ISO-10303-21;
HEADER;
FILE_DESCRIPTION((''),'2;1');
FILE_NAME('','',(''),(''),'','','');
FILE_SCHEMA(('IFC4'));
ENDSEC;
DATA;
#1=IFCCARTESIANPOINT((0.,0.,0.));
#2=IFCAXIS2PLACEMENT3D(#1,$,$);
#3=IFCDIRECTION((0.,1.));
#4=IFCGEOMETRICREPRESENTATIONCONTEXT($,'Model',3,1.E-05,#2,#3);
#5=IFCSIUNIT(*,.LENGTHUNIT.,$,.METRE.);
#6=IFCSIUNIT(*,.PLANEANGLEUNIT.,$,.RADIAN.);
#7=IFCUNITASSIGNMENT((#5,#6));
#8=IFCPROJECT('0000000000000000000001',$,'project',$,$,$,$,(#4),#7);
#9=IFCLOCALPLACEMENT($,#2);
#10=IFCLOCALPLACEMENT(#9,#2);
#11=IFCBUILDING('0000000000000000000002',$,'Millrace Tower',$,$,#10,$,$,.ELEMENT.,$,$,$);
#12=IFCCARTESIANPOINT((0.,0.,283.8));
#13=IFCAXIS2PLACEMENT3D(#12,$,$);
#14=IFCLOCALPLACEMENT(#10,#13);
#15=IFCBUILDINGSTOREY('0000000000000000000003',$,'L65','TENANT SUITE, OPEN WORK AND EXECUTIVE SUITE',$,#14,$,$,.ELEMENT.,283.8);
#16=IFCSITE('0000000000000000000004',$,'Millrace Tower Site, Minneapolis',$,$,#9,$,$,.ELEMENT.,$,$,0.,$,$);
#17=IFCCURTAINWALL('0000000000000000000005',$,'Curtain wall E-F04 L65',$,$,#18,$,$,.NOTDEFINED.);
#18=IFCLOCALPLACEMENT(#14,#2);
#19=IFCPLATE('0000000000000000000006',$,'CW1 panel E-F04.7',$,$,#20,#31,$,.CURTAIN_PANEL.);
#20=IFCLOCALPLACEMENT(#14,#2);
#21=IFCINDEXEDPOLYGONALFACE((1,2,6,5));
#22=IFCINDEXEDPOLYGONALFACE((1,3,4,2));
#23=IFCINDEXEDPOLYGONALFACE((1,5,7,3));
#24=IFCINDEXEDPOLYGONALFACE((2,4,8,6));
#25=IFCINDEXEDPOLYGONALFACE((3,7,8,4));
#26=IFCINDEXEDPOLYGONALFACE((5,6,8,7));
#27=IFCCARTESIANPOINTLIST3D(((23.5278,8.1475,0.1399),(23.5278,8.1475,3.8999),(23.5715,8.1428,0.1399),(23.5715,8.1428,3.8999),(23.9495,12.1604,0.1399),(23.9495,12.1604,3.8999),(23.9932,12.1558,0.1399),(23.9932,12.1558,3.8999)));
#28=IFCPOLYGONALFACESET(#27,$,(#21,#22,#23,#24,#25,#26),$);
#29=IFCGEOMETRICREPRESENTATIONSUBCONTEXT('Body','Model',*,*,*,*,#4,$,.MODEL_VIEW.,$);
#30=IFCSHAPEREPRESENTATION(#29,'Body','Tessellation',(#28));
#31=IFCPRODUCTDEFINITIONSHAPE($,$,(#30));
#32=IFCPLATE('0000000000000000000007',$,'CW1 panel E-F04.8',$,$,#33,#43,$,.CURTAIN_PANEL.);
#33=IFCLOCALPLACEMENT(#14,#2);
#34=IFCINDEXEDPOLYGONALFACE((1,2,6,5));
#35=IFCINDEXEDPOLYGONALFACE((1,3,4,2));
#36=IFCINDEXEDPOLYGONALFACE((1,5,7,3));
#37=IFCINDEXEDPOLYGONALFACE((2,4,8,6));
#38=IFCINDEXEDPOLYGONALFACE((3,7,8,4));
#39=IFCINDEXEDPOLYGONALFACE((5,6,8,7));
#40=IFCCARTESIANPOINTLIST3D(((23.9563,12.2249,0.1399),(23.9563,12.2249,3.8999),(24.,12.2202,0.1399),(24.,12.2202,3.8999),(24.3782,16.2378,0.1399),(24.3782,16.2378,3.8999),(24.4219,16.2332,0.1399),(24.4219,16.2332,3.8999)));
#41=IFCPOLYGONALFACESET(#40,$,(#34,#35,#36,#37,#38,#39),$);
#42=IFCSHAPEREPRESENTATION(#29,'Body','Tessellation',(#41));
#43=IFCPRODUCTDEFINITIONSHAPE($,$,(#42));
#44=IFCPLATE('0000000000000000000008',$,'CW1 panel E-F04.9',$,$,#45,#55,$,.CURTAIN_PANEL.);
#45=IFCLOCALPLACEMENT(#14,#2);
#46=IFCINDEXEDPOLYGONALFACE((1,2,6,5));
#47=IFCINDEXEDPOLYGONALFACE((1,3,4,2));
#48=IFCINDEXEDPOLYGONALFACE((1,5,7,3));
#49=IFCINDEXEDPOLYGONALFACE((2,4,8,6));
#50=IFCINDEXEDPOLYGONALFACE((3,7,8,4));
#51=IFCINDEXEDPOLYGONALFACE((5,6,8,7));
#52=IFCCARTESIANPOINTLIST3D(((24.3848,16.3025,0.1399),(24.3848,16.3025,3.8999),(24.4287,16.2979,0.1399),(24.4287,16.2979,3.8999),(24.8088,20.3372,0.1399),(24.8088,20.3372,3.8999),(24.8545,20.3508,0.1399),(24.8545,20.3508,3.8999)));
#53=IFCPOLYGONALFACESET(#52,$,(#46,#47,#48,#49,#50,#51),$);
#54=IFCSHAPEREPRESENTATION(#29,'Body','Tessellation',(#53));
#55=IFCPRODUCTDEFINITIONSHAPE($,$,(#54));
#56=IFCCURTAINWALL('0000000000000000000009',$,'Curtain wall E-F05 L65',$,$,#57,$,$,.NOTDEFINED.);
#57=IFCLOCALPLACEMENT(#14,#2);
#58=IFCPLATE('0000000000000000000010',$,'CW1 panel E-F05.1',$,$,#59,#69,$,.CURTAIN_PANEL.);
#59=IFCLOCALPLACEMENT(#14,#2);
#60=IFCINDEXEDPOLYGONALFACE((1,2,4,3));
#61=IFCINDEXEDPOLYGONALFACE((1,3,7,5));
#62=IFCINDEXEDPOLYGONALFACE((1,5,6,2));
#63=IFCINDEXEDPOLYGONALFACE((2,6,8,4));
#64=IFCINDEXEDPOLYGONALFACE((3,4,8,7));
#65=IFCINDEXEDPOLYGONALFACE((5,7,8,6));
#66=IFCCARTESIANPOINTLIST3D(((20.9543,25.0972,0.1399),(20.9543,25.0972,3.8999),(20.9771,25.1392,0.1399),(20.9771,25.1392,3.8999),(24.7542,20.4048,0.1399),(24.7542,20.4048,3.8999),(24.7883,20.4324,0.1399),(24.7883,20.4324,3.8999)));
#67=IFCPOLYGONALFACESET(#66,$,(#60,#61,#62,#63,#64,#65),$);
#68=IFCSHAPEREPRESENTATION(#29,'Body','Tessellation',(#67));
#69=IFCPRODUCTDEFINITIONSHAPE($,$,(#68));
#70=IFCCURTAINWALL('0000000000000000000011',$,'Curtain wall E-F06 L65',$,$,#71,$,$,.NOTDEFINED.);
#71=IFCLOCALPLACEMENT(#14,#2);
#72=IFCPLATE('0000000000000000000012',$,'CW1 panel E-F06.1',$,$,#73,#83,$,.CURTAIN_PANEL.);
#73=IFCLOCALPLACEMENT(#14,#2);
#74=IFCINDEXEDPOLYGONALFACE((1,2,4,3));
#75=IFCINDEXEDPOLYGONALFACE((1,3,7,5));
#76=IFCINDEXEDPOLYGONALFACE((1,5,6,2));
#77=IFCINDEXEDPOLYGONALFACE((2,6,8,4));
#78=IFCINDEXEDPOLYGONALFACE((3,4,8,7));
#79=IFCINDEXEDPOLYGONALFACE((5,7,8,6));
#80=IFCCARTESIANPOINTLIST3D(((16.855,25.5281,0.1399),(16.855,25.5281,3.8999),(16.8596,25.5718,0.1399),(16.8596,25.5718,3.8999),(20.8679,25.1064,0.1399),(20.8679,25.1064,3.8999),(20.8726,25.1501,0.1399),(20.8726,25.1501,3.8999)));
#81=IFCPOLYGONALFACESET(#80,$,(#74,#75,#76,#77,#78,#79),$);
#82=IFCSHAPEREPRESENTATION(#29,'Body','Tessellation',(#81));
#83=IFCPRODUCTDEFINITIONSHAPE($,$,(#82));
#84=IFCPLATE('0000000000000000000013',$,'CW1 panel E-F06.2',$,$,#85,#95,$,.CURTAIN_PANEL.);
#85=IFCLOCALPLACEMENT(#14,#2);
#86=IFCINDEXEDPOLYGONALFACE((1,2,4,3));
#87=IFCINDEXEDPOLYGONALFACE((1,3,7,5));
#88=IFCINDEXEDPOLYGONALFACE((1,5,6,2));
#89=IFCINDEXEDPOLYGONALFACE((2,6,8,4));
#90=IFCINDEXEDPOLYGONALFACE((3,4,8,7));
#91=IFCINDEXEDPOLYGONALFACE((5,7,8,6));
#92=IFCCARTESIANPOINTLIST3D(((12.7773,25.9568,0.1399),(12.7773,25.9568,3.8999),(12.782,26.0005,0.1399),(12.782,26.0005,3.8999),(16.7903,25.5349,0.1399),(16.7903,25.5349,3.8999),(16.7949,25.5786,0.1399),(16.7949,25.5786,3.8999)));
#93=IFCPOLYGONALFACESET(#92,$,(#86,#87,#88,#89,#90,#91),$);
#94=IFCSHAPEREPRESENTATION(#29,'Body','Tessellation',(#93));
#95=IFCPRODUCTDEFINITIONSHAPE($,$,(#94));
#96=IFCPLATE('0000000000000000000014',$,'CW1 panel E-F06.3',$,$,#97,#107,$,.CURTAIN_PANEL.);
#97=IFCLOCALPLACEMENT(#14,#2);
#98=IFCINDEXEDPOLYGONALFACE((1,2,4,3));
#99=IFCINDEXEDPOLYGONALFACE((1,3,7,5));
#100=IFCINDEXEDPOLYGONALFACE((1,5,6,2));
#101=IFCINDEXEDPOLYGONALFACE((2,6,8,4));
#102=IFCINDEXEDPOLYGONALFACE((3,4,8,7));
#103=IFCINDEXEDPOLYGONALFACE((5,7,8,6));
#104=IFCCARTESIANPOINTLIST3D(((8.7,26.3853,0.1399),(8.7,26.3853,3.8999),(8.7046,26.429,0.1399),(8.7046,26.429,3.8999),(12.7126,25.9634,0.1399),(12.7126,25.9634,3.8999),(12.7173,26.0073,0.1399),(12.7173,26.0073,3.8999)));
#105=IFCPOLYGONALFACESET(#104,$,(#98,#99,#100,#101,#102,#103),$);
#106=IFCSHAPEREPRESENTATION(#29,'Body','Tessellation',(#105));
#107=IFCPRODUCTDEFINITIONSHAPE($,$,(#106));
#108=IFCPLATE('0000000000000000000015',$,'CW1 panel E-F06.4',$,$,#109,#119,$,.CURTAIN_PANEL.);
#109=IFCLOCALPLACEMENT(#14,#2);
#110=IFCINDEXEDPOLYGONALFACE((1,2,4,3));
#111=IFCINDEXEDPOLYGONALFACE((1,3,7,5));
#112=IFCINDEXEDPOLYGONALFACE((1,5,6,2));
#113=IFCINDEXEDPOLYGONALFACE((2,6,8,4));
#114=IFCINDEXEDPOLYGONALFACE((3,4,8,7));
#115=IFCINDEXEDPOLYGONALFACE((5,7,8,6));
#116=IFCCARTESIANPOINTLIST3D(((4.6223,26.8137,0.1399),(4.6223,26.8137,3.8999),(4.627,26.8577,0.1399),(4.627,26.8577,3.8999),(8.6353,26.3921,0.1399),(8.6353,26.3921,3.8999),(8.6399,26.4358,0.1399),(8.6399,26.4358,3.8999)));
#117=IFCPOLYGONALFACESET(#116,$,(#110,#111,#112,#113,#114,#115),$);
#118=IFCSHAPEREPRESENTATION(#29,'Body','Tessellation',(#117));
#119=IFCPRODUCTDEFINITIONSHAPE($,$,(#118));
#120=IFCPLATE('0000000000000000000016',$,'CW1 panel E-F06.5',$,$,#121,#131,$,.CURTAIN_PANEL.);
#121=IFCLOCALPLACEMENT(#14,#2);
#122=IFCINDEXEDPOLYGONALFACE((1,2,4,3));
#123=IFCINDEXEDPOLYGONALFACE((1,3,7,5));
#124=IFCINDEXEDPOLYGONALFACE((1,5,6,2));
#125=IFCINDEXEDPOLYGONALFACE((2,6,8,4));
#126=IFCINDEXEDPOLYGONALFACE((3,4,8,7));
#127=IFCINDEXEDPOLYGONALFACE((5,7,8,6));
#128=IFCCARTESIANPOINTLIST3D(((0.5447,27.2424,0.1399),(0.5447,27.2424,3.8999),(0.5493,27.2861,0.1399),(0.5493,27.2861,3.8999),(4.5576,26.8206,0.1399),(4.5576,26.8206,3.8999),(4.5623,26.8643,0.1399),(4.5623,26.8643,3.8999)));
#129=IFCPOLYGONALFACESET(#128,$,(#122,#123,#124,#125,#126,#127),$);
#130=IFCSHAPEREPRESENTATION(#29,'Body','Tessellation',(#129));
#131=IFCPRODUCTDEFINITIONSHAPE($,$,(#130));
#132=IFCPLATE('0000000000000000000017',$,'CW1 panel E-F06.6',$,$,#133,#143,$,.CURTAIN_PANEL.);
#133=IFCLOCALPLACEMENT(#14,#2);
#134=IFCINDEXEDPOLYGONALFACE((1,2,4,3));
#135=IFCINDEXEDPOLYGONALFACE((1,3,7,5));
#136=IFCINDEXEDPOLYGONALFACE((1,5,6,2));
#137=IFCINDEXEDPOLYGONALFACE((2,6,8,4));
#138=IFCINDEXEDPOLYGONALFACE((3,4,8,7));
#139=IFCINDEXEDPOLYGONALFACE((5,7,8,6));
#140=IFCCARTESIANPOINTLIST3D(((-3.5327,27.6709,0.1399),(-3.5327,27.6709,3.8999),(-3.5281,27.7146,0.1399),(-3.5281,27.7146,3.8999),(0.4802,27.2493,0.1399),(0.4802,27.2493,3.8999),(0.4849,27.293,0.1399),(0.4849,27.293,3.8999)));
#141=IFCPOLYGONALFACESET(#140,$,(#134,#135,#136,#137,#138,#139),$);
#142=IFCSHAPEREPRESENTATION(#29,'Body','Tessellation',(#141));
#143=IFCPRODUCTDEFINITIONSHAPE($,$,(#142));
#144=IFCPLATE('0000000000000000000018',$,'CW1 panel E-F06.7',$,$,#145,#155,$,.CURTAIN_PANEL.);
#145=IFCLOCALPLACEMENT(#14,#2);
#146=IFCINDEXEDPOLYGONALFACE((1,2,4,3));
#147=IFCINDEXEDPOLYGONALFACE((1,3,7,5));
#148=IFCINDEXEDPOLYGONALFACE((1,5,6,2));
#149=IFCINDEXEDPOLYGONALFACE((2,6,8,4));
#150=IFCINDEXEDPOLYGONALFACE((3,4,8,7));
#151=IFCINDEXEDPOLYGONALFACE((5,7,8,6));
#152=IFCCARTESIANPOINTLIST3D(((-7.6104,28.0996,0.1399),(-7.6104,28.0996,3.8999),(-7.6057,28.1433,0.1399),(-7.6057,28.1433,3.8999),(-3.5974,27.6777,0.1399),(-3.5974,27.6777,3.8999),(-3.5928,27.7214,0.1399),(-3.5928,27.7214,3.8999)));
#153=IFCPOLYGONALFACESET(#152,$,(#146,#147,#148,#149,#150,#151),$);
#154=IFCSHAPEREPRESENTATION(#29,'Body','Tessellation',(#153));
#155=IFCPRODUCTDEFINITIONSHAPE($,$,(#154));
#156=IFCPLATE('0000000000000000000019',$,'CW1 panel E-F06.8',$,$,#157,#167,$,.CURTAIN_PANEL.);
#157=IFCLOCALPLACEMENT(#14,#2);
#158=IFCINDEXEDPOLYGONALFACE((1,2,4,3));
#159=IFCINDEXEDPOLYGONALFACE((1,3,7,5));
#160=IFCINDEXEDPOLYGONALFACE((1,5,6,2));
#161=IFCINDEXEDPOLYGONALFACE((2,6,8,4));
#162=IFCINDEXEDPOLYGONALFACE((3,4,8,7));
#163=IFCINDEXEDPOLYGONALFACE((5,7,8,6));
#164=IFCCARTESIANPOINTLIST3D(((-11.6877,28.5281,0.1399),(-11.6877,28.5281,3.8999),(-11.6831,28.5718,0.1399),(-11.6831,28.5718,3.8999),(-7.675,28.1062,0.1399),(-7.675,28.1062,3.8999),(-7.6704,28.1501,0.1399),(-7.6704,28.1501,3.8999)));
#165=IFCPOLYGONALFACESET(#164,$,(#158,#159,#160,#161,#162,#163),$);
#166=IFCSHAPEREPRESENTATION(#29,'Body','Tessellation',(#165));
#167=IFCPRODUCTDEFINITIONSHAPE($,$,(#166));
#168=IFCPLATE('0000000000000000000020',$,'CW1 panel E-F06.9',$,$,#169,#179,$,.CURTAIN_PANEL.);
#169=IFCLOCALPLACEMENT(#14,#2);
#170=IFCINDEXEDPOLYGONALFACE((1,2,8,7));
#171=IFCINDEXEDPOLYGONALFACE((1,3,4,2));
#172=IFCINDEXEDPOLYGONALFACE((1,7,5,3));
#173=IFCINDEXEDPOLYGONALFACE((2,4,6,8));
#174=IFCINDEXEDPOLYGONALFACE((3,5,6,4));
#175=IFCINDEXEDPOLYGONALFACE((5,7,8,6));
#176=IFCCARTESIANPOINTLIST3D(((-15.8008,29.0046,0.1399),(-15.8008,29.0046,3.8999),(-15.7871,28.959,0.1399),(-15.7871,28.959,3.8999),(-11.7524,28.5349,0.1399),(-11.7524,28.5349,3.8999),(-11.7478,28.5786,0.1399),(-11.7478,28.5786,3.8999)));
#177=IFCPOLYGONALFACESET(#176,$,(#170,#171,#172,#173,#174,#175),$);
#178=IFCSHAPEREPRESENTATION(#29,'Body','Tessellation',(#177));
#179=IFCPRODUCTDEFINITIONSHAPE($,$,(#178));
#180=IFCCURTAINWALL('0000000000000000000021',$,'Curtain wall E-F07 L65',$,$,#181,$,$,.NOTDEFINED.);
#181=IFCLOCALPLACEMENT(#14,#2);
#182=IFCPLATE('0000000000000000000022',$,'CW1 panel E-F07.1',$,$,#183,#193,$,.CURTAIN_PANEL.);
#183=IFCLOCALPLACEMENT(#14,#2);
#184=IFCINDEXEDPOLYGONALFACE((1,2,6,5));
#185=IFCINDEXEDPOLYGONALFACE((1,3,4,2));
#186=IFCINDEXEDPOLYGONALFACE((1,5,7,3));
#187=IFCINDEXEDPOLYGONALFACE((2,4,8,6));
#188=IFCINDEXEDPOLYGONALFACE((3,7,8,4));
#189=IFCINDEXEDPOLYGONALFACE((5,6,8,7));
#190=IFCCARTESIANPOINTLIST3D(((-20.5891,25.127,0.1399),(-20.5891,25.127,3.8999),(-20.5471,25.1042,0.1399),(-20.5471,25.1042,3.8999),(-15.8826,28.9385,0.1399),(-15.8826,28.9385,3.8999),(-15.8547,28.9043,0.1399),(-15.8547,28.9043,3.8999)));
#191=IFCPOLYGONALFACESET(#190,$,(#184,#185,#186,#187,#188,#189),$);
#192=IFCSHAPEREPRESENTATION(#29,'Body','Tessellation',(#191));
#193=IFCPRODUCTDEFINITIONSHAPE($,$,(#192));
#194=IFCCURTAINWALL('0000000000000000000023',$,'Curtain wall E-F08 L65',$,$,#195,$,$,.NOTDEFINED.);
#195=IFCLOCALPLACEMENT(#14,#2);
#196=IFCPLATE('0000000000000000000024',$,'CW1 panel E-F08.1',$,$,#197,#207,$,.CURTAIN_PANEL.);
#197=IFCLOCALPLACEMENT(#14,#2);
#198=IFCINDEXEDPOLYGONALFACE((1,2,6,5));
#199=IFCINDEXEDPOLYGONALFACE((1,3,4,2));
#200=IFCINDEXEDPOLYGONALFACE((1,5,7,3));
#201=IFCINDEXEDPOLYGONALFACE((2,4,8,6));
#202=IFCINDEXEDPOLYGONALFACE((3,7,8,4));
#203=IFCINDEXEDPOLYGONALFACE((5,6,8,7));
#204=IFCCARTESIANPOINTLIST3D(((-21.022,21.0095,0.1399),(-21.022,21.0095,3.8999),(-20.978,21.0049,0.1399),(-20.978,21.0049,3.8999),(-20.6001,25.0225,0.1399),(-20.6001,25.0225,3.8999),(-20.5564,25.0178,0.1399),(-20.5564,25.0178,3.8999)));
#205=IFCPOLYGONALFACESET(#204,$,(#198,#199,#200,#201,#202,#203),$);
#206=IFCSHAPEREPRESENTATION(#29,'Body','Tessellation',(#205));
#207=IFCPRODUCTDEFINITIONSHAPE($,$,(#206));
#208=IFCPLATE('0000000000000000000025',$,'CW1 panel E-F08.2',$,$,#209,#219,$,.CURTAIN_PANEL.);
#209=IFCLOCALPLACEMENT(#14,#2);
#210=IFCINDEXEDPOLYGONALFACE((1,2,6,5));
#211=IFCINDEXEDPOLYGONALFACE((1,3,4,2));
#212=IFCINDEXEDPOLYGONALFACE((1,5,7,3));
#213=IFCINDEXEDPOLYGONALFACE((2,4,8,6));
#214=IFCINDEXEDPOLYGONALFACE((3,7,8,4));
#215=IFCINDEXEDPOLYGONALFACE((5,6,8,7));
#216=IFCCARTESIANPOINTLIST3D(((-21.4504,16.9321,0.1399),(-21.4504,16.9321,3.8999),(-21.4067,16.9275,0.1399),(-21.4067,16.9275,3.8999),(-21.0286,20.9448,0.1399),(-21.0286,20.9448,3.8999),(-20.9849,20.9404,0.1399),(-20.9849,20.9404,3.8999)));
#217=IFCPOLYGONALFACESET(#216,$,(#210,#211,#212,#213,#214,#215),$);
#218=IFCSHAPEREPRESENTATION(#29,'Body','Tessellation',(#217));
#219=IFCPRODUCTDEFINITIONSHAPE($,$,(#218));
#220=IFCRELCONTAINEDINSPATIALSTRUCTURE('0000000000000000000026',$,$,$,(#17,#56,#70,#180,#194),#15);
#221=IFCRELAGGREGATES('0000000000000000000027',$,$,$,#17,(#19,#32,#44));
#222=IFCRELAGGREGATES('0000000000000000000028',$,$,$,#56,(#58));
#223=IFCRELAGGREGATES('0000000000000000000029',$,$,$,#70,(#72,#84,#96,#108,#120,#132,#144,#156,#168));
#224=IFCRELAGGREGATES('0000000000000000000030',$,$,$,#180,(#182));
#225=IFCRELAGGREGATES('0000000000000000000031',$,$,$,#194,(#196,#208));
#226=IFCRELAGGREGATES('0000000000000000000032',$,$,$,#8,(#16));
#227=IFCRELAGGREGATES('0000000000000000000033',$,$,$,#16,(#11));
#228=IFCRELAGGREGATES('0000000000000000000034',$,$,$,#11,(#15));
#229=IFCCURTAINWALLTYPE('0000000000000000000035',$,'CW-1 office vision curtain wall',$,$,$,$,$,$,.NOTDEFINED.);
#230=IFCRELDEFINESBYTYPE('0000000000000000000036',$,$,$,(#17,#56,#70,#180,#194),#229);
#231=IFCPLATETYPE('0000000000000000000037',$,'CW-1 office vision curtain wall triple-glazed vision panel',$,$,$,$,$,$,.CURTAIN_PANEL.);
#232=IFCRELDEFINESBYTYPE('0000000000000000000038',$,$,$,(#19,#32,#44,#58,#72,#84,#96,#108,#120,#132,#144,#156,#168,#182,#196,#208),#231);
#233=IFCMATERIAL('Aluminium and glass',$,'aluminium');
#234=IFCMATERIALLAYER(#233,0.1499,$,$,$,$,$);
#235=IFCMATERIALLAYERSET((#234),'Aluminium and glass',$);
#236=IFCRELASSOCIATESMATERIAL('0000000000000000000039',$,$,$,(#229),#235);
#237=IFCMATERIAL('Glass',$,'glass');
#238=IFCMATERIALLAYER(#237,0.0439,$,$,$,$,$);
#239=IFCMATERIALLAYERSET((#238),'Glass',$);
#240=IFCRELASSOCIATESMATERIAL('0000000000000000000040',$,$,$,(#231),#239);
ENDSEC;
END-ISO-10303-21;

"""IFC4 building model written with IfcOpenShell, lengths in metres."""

from ifc_helpers import new_model, si_unit, direction, frame, origin, place, context, subcontext, project, spatial, polyline, outline, extrude, material, layer, layer_set, type_object, element, aggregate, save


model = new_model("IFC4")

# Units and contexts
model_context = context("Model", 3, precision=1e-05, world=origin(), true_north=direction((0.0, 1.0)))
body_context = subcontext(model_context, "Body", "Model", "MODEL_VIEW")
ifc_project = project(units=[si_unit("LENGTHUNIT", "METRE"), si_unit("PLANEANGLEUNIT", "RADIAN")], contexts=[model_context])

# Site, building, storey
site_placement = place(None, origin())
site = spatial("IfcSite", under=ifc_project, at=site_placement, Name="Millrace Tower Site, Minneapolis", CompositionType="ELEMENT", RefElevation=0.0)
building_placement = place(site_placement, origin())
building = spatial("IfcBuilding", under=site, at=building_placement, Name="Millrace Tower", CompositionType="ELEMENT")
storey_placement = place(building_placement, frame((0.0, 0.0, 283.8)))
storey = spatial("IfcBuildingStorey", under=building, at=storey_placement, Name="L65", Description="TENANT SUITE, OPEN WORK AND EXECUTIVE SUITE", CompositionType="ELEMENT", Elevation=283.8)

# Curtain wall, plates
ifc_material_1 = material(Name="Aluminium and glass", Category="aluminium")
ifc_layer_1 = layer(ifc_material_1, 0.1499)
ifc_layer_set_1 = layer_set([ifc_layer_1], Name="Aluminium and glass")
curtain_wall_type = type_object("IfcCurtainWallType", Name="CW-1 office vision curtain wall", PredefinedType="NOTDEFINED", material=ifc_layer_set_1)
placement_1 = place(storey_placement, origin())
curtain_wall_1 = element("IfcCurtainWall", 1, at=placement_1, inside=storey, type_object=curtain_wall_type, Name="Curtain wall E-F04 L65", PredefinedType="NOTDEFINED")
ifc_material_2 = material(Name="Glass", Category="glass")
ifc_layer_2 = layer(ifc_material_2, 0.0439)
ifc_layer_set_2 = layer_set([ifc_layer_2], Name="Glass")
plate_type = type_object("IfcPlateType", Name="CW-1 office vision curtain wall triple-glazed vision panel", PredefinedType="CURTAIN_PANEL", material=ifc_layer_set_2)
placement_2 = place(storey_placement, frame((0.0, 0.0, 0.1399)))
plate_1 = element("IfcPlate", 2, at=placement_2, type_object=plate_type, Name="CW1 panel E-F04.7", PredefinedType="CURTAIN_PANEL", context=body_context, shape_type="SweptSolid", body=[
    extrude(outline(polyline([(23.5715, 8.1428), (23.9932, 12.1558), (23.9495, 12.1604), (23.5278, 8.1475), (23.5715, 8.1428)])), origin(), (0.0, 0.0, 1.0), 3.76),
])
plate_2 = element("IfcPlate", 3, at=placement_2, type_object=plate_type, Name="CW1 panel E-F04.8", PredefinedType="CURTAIN_PANEL", context=body_context, shape_type="SweptSolid", body=[
    extrude(outline(polyline([(24.0, 12.2202), (24.4219, 16.2332), (24.3782, 16.2378), (23.9563, 12.2249), (24.0, 12.2202)])), origin(), (0.0, 0.0, 1.0), 3.76),
])
plate_3 = element("IfcPlate", 4, at=placement_2, type_object=plate_type, Name="CW1 panel E-F04.9", PredefinedType="CURTAIN_PANEL", context=body_context, shape_type="SweptSolid", body=[
    extrude(outline(polyline([(24.4287, 16.2979), (24.8545, 20.3508), (24.8088, 20.3372), (24.3848, 16.3025), (24.4287, 16.2979)])), origin(), (0.0, 0.0, 1.0), 3.76),
])
aggregate(curtain_wall_1, [plate_1, plate_2, plate_3])

# Curtain wall, plate
curtain_wall_2 = element("IfcCurtainWall", 5, at=placement_1, inside=storey, type_object=curtain_wall_type, Name="Curtain wall E-F05 L65", PredefinedType="NOTDEFINED")
plate_4 = element("IfcPlate", 6, at=placement_2, type_object=plate_type, Name="CW1 panel E-F05.1", PredefinedType="CURTAIN_PANEL", context=body_context, shape_type="SweptSolid", body=[
    extrude(outline(polyline([(24.7883, 20.4324), (20.9771, 25.1392), (20.9543, 25.0972), (24.7542, 20.4048), (24.7883, 20.4324)])), origin(), (0.0, 0.0, 1.0), 3.76),
])
aggregate(curtain_wall_2, [plate_4])

# Curtain wall, plates
curtain_wall_3 = element("IfcCurtainWall", 7, at=placement_1, inside=storey, type_object=curtain_wall_type, Name="Curtain wall E-F06 L65", PredefinedType="NOTDEFINED")
plate_5 = element("IfcPlate", 8, at=placement_2, type_object=plate_type, Name="CW1 panel E-F06.1", PredefinedType="CURTAIN_PANEL", context=body_context, shape_type="SweptSolid", body=[
    extrude(outline(polyline([(20.8726, 25.1501), (16.8596, 25.5718), (16.855, 25.5281), (20.8679, 25.1064), (20.8726, 25.1501)])), origin(), (0.0, 0.0, 1.0), 3.76),
])
plate_6 = element("IfcPlate", 9, at=placement_2, type_object=plate_type, Name="CW1 panel E-F06.2", PredefinedType="CURTAIN_PANEL", context=body_context, shape_type="SweptSolid", body=[
    extrude(outline(polyline([(16.7949, 25.5786), (12.782, 26.0005), (12.7773, 25.9568), (16.7903, 25.5349), (16.7949, 25.5786)])), origin(), (0.0, 0.0, 1.0), 3.76),
])
plate_7 = element("IfcPlate", 10, at=placement_2, type_object=plate_type, Name="CW1 panel E-F06.3", PredefinedType="CURTAIN_PANEL", context=body_context, shape_type="SweptSolid", body=[
    extrude(outline(polyline([(12.7173, 26.0073), (8.7046, 26.429), (8.7, 26.3853), (12.7126, 25.9634), (12.7173, 26.0073)])), origin(), (0.0, 0.0, 1.0), 3.76),
])
plate_8 = element("IfcPlate", 11, at=placement_2, type_object=plate_type, Name="CW1 panel E-F06.4", PredefinedType="CURTAIN_PANEL", context=body_context, shape_type="SweptSolid", body=[
    extrude(outline(polyline([(8.6399, 26.4358), (4.627, 26.8577), (4.6223, 26.8137), (8.6353, 26.3921), (8.6399, 26.4358)])), origin(), (0.0, 0.0, 1.0), 3.76),
])
plate_9 = element("IfcPlate", 12, at=placement_2, type_object=plate_type, Name="CW1 panel E-F06.5", PredefinedType="CURTAIN_PANEL", context=body_context, shape_type="SweptSolid", body=[
    extrude(outline(polyline([(4.5623, 26.8643), (0.5493, 27.2861), (0.5447, 27.2424), (4.5576, 26.8206), (4.5623, 26.8643)])), origin(), (0.0, 0.0, 1.0), 3.76),
])
plate_10 = element("IfcPlate", 13, at=placement_2, type_object=plate_type, Name="CW1 panel E-F06.6", PredefinedType="CURTAIN_PANEL", context=body_context, shape_type="SweptSolid", body=[
    extrude(outline(polyline([(0.4849, 27.293), (-3.5281, 27.7146), (-3.5327, 27.6709), (0.4802, 27.2493), (0.4849, 27.293)])), origin(), (0.0, 0.0, 1.0), 3.76),
])
plate_11 = element("IfcPlate", 14, at=placement_2, type_object=plate_type, Name="CW1 panel E-F06.7", PredefinedType="CURTAIN_PANEL", context=body_context, shape_type="SweptSolid", body=[
    extrude(outline(polyline([(-3.5928, 27.7214), (-7.6057, 28.1433), (-7.6104, 28.0996), (-3.5974, 27.6777), (-3.5928, 27.7214)])), origin(), (0.0, 0.0, 1.0), 3.76),
])
plate_12 = element("IfcPlate", 15, at=placement_2, type_object=plate_type, Name="CW1 panel E-F06.8", PredefinedType="CURTAIN_PANEL", context=body_context, shape_type="SweptSolid", body=[
    extrude(outline(polyline([(-7.6704, 28.1501), (-11.6831, 28.5718), (-11.6877, 28.5281), (-7.675, 28.1062), (-7.6704, 28.1501)])), origin(), (0.0, 0.0, 1.0), 3.76),
])
plate_13 = element("IfcPlate", 16, at=placement_2, type_object=plate_type, Name="CW1 panel E-F06.9", PredefinedType="CURTAIN_PANEL", context=body_context, shape_type="SweptSolid", body=[
    extrude(outline(polyline([(-11.7478, 28.5786), (-15.8008, 29.0046), (-15.7871, 28.959), (-11.7524, 28.5349), (-11.7478, 28.5786)])), origin(), (0.0, 0.0, 1.0), 3.76),
])
aggregate(curtain_wall_3, [plate_5, plate_6, plate_7, plate_8, plate_9, plate_10, plate_11, plate_12, plate_13])

# Curtain wall, plate
curtain_wall_4 = element("IfcCurtainWall", 17, at=placement_1, inside=storey, type_object=curtain_wall_type, Name="Curtain wall E-F07 L65", PredefinedType="NOTDEFINED")
plate_14 = element("IfcPlate", 18, at=placement_2, type_object=plate_type, Name="CW1 panel E-F07.1", PredefinedType="CURTAIN_PANEL", context=body_context, shape_type="SweptSolid", body=[
    extrude(outline(polyline([(-15.8826, 28.9385), (-20.5891, 25.127), (-20.5471, 25.1042), (-15.8547, 28.9043), (-15.8826, 28.9385)])), origin(), (0.0, 0.0, 1.0), 3.76),
])
aggregate(curtain_wall_4, [plate_14])

# Curtain wall, plates
curtain_wall_5 = element("IfcCurtainWall", 19, at=placement_1, inside=storey, type_object=curtain_wall_type, Name="Curtain wall E-F08 L65", PredefinedType="NOTDEFINED")
plate_15 = element("IfcPlate", 20, at=placement_2, type_object=plate_type, Name="CW1 panel E-F08.1", PredefinedType="CURTAIN_PANEL", context=body_context, shape_type="SweptSolid", body=[
    extrude(outline(polyline([(-20.6001, 25.0225), (-21.022, 21.0095), (-20.978, 21.0049), (-20.5564, 25.0178), (-20.6001, 25.0225)])), origin(), (0.0, 0.0, 1.0), 3.76),
])
plate_16 = element("IfcPlate", 21, at=placement_2, type_object=plate_type, Name="CW1 panel E-F08.2", PredefinedType="CURTAIN_PANEL", context=body_context, shape_type="SweptSolid", body=[
    extrude(outline(polyline([(-21.0286, 20.9448), (-21.4504, 16.9321), (-21.4067, 16.9275), (-20.9849, 20.9404), (-21.0286, 20.9448)])), origin(), (0.0, 0.0, 1.0), 3.76),
])
aggregate(curtain_wall_5, [plate_15, plate_16])

save(model, "model.ifc")
